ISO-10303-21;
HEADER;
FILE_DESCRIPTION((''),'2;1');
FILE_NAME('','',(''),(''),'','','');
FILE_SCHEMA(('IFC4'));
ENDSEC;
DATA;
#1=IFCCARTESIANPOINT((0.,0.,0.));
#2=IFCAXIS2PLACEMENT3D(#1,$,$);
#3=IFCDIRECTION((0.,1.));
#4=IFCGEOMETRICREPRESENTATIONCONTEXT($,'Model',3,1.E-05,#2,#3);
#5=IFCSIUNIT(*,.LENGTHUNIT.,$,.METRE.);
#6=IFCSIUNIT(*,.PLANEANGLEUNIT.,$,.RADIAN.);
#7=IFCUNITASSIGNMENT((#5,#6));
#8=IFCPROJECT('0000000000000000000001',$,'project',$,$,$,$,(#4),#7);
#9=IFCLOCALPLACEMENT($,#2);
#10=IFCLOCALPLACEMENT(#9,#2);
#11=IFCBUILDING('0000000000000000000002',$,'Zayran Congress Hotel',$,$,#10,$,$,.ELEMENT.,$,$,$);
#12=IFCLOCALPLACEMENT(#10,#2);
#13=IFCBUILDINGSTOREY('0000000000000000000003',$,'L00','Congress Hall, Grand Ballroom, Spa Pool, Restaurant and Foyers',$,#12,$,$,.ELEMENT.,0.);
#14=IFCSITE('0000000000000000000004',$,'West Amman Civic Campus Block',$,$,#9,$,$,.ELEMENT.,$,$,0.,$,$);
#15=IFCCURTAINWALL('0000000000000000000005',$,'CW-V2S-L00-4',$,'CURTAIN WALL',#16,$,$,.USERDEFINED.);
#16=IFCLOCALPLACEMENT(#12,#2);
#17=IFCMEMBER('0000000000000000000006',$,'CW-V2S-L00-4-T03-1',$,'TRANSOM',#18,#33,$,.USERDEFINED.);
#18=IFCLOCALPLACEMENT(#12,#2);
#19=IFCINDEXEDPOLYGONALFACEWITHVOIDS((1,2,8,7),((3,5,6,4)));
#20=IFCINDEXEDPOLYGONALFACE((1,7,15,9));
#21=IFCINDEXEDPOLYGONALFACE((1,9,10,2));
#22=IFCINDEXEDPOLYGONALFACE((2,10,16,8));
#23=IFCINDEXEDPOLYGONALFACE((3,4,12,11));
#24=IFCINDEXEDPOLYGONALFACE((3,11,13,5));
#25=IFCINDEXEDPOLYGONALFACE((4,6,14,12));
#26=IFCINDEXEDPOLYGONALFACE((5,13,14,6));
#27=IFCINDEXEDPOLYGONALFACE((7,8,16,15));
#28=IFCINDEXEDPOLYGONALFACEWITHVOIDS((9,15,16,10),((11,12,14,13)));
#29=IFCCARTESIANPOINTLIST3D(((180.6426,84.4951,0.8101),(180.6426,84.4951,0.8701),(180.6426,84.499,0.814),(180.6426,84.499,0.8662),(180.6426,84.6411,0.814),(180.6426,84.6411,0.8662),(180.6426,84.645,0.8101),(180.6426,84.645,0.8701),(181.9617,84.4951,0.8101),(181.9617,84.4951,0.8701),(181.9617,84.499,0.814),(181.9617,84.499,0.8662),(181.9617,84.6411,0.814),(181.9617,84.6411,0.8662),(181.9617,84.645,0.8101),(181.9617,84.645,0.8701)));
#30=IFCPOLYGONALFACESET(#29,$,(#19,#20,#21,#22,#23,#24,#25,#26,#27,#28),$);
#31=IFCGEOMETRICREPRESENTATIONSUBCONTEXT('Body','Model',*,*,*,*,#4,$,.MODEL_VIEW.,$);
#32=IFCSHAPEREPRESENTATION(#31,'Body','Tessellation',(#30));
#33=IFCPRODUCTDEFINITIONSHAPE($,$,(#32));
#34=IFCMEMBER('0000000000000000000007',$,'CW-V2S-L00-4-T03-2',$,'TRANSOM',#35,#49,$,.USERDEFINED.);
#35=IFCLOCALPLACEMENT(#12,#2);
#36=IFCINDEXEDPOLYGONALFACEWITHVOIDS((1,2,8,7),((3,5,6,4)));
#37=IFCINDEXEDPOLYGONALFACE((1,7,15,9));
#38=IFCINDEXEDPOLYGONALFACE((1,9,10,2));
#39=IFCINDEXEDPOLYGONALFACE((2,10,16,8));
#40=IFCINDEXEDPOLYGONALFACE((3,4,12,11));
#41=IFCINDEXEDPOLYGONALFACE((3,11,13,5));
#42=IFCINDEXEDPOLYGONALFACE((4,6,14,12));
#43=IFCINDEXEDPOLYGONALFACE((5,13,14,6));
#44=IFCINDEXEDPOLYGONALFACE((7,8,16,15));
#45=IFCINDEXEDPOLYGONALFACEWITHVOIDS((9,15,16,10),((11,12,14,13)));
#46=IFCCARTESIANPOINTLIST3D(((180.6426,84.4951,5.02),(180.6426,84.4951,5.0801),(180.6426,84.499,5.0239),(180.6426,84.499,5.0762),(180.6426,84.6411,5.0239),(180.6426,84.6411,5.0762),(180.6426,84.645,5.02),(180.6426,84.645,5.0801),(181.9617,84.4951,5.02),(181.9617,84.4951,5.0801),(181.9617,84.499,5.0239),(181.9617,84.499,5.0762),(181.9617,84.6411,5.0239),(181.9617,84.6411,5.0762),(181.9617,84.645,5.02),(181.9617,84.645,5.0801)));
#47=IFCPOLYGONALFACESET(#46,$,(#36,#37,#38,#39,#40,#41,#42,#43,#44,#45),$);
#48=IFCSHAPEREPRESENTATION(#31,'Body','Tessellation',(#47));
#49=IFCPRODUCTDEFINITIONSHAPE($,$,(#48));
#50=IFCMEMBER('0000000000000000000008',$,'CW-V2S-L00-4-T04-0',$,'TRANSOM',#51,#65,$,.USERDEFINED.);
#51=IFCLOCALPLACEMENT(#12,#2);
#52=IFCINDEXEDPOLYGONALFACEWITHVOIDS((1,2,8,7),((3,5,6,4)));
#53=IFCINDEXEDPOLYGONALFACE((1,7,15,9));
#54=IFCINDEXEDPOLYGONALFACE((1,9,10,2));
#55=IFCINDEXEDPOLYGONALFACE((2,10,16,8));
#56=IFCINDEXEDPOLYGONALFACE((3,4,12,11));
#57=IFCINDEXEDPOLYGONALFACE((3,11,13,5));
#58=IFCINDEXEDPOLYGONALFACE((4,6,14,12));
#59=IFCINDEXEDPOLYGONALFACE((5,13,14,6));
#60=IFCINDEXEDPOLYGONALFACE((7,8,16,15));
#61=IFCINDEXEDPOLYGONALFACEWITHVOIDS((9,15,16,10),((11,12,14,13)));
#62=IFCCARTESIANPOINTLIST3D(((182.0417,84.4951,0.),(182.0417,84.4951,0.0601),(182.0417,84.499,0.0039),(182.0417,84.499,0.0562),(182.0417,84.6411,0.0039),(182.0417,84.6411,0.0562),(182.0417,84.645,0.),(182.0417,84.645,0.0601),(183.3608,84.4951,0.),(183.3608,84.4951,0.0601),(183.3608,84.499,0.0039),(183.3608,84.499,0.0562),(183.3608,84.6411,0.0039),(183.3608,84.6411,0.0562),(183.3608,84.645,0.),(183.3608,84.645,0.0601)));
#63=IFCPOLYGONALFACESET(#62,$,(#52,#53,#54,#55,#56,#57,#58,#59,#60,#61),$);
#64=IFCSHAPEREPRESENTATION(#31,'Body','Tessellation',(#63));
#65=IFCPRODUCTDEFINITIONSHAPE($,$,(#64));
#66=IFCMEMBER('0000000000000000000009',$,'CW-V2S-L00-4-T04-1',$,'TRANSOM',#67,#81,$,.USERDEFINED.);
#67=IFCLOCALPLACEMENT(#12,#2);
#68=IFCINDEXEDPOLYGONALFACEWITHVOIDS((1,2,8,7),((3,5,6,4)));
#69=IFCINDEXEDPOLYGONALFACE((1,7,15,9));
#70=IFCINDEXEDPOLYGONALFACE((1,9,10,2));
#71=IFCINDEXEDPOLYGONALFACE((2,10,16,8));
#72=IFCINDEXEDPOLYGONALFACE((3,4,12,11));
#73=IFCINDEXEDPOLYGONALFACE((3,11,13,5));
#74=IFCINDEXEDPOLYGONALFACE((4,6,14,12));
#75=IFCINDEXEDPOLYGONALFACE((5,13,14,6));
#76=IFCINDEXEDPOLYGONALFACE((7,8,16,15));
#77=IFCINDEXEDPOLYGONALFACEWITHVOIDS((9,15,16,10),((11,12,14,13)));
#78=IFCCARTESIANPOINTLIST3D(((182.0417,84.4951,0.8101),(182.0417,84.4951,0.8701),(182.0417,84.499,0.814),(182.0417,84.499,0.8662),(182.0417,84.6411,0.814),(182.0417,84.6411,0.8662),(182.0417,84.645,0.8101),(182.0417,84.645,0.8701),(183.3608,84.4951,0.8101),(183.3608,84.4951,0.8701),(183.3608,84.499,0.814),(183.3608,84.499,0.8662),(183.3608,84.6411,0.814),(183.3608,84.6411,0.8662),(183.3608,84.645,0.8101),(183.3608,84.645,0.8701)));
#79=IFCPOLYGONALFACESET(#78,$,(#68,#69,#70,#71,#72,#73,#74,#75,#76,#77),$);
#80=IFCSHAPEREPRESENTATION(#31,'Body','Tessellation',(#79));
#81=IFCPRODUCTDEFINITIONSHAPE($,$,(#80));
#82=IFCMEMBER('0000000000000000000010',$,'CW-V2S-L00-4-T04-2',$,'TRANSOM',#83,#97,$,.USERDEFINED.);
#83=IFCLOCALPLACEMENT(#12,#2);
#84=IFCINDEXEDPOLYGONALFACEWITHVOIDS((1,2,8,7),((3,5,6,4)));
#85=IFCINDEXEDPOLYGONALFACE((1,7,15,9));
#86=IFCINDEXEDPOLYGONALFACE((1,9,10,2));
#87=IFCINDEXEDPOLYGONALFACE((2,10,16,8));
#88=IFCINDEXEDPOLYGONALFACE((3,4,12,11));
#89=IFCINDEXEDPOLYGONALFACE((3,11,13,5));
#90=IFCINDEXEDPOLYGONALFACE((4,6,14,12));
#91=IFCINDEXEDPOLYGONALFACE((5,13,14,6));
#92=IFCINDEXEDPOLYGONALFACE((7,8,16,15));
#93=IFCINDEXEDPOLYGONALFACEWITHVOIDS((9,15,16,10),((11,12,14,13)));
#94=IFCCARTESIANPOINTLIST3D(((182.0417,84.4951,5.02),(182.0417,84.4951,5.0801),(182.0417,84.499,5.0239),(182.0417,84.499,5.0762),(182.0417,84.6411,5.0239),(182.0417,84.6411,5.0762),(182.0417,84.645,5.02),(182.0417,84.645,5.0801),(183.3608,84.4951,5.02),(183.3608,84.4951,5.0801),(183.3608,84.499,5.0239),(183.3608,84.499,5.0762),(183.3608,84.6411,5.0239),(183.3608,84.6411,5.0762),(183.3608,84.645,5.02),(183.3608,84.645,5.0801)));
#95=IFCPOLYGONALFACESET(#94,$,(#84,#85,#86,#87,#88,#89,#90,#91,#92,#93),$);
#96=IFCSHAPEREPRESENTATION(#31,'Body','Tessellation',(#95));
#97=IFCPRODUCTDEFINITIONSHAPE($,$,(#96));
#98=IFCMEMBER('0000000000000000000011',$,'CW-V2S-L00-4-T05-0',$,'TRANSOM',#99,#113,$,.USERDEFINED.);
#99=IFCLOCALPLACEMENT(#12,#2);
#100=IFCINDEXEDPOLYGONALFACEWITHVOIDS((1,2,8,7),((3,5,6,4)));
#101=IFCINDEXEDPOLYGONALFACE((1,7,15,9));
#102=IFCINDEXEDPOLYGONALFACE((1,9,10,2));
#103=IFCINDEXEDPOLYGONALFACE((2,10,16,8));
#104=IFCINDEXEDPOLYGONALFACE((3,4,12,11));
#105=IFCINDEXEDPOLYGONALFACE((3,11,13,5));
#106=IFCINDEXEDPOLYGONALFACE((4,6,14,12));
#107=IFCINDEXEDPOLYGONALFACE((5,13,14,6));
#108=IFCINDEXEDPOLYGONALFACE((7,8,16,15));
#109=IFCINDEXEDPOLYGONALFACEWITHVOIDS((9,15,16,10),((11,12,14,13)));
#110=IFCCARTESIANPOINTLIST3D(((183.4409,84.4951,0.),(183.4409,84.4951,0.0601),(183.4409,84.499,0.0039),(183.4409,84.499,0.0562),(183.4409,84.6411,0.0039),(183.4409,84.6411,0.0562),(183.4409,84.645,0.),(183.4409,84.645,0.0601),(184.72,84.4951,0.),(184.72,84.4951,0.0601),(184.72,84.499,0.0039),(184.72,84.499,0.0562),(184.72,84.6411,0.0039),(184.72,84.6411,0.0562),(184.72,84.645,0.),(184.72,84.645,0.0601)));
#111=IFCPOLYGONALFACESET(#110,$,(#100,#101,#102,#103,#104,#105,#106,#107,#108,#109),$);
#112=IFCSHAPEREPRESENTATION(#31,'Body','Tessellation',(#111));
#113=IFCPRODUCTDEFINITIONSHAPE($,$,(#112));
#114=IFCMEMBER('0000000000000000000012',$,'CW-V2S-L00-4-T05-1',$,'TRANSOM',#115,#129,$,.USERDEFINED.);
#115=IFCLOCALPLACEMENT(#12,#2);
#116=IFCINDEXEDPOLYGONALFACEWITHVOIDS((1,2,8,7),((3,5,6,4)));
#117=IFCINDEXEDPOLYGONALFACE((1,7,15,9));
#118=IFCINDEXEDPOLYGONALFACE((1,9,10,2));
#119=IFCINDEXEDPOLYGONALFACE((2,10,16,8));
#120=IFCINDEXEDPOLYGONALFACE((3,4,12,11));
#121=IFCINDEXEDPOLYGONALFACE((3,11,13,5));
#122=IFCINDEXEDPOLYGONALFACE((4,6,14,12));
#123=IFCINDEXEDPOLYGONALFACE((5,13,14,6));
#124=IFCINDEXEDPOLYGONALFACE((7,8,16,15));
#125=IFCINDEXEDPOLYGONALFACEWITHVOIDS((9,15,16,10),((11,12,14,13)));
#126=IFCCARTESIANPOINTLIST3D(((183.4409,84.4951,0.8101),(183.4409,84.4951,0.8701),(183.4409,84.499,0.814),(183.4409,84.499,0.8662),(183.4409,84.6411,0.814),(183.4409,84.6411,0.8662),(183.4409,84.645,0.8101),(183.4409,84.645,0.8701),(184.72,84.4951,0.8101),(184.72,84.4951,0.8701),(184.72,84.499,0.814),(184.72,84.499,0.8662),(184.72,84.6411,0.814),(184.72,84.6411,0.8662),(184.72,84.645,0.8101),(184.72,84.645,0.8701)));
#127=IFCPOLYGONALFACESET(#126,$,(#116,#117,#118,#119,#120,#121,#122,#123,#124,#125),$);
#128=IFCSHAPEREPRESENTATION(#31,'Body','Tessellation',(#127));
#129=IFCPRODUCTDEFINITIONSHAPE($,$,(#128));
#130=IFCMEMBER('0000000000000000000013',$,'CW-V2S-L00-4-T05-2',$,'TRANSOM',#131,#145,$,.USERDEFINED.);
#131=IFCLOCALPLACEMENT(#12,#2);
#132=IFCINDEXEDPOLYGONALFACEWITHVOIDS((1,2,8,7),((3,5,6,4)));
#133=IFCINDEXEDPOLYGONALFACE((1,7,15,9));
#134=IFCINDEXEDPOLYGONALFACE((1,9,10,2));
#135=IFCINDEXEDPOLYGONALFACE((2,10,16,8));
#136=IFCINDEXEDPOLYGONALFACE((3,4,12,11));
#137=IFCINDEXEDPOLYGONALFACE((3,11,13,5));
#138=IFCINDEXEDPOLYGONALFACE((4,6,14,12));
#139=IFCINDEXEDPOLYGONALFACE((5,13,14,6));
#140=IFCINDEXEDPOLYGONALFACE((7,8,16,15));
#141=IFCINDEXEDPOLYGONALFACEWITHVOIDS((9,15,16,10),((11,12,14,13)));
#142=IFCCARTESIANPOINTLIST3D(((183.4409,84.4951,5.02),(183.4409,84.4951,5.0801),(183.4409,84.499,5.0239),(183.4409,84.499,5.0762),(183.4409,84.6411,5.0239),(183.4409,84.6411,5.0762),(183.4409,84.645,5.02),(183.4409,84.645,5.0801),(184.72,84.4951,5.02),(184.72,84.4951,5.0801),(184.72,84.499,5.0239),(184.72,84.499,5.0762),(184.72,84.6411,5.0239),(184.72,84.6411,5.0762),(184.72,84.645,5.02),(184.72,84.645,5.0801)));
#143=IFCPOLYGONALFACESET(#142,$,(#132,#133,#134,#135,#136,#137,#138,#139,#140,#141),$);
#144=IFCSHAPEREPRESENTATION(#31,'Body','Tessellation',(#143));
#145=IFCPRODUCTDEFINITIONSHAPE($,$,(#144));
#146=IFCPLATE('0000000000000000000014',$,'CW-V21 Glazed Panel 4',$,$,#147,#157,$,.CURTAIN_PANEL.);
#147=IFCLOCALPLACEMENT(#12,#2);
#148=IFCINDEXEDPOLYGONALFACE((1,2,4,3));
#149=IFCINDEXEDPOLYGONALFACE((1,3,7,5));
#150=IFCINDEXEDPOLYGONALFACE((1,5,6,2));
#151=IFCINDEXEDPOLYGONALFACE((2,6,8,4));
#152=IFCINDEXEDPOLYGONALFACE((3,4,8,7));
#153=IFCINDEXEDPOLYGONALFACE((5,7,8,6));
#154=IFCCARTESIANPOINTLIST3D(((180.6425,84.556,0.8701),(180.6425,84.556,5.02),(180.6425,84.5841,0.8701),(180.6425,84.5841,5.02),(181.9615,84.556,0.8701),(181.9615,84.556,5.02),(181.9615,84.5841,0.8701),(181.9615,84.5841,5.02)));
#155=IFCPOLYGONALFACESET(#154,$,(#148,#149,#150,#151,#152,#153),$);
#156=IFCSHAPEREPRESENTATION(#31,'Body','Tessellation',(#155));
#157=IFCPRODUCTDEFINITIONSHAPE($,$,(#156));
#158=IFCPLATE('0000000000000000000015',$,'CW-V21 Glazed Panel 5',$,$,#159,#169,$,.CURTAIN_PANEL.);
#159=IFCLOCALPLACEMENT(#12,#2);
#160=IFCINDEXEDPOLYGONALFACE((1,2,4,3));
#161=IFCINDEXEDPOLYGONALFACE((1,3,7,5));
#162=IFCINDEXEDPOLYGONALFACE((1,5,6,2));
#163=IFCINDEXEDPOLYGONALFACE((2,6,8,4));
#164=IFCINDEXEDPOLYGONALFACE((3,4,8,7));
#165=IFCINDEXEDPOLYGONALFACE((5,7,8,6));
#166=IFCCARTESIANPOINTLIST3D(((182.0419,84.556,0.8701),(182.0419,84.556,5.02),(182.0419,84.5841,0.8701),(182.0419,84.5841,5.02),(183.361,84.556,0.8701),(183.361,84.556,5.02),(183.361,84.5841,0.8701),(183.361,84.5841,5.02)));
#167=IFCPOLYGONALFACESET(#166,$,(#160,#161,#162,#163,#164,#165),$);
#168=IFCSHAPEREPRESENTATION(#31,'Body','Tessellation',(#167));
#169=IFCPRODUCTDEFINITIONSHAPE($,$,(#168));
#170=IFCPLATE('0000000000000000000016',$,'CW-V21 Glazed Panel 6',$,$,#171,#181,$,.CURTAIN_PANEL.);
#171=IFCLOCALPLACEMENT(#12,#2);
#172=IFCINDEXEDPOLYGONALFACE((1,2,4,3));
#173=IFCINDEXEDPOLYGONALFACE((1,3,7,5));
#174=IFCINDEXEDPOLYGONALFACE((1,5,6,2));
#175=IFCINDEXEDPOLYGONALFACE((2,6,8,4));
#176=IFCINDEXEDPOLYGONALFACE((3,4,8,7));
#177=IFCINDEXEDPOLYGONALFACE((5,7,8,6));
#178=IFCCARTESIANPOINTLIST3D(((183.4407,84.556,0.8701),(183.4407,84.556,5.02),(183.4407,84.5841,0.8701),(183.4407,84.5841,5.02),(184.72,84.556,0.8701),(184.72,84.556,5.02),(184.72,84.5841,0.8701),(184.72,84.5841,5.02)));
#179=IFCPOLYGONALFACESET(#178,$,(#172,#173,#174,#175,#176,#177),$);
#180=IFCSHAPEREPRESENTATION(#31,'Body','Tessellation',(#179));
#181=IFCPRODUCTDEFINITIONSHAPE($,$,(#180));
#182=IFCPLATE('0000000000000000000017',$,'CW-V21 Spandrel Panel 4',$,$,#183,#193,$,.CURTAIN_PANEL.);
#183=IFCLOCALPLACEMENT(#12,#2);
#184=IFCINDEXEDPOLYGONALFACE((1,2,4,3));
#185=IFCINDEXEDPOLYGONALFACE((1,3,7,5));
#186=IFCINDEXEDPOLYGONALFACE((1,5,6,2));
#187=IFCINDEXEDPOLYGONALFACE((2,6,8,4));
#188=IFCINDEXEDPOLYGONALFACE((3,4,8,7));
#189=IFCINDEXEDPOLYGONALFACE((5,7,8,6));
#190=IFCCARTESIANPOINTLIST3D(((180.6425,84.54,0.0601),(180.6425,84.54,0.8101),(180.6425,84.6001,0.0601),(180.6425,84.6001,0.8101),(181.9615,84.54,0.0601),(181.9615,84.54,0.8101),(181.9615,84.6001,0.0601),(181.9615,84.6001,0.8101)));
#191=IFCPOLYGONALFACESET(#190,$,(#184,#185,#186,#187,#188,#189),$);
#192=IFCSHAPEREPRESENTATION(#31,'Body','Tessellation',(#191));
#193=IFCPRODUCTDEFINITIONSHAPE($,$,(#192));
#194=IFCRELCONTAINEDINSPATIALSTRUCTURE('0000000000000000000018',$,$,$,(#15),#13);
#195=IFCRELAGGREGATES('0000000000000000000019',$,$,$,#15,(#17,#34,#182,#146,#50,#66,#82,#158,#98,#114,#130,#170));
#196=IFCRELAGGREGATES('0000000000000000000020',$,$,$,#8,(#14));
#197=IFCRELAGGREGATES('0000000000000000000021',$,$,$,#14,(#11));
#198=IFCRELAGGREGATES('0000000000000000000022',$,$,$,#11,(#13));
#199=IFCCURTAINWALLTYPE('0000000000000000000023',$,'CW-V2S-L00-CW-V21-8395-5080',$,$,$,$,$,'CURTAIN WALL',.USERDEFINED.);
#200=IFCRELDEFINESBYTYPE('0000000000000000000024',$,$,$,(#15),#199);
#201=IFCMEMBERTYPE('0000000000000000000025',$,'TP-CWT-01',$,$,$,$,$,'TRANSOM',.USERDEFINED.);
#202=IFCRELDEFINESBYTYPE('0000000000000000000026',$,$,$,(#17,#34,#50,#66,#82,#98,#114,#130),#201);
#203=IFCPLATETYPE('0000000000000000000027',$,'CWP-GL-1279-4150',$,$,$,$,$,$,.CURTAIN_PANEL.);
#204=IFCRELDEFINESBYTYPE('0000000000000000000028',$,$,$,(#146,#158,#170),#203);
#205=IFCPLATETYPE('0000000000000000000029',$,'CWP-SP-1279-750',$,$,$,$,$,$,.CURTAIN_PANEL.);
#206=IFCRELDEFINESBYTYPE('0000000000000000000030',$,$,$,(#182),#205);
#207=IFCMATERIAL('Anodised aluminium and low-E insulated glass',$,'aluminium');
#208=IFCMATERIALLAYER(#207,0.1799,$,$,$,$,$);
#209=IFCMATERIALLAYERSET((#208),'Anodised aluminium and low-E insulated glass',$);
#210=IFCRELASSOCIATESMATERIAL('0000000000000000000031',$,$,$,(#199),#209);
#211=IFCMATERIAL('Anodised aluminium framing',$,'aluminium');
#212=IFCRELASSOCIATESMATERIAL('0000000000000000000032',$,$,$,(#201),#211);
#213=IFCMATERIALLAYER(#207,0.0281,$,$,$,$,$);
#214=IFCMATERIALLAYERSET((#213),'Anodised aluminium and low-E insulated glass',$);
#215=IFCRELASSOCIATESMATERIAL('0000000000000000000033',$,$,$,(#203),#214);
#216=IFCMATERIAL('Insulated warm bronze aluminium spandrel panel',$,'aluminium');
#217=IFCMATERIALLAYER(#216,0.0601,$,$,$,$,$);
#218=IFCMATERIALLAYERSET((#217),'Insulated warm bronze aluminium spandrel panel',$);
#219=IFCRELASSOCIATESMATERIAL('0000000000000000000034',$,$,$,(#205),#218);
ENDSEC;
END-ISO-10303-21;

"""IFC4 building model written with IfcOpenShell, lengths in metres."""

from ifc_helpers import new_model, si_unit, direction, frame, origin, origin_2d, place, context, subcontext, project, spatial, rectangle, hollow_rectangle, extrude, material, layer, layer_set, material_profile, profile_set, type_object, element, aggregate, save


model = new_model("IFC4")

# Units and contexts
model_context = context("Model", 3, precision=1e-05, world=origin(), true_north=direction((0.0, 1.0)))
body_context = subcontext(model_context, "Body", "Model", "MODEL_VIEW")
ifc_project = project(units=[si_unit("LENGTHUNIT", "METRE"), si_unit("PLANEANGLEUNIT", "RADIAN")], contexts=[model_context])

# Site, building, storey
site_placement = place(None, origin())
site = spatial("IfcSite", under=ifc_project, at=site_placement, Name="West Amman Civic Campus Block", CompositionType="ELEMENT", RefElevation=0.0)
building_placement = place(site_placement, origin())
building = spatial("IfcBuilding", under=site, at=building_placement, Name="Zayran Congress Hotel", CompositionType="ELEMENT")
storey_placement = place(building_placement, origin())
storey = spatial("IfcBuildingStorey", under=building, at=storey_placement, Name="L00", Description="Congress Hall, Grand Ballroom, Spa Pool, Restaurant and Foyers", CompositionType="ELEMENT", Elevation=0.0)

# Curtain wall, members, plates
ifc_material_1 = material(Name="Anodised aluminium and low-E insulated glass", Category="aluminium")
ifc_layer_1 = layer(ifc_material_1, 0.1799)
ifc_layer_set_1 = layer_set([ifc_layer_1], Name="Anodised aluminium and low-E insulated glass")
curtain_wall_type = type_object("IfcCurtainWallType", Name="CW-V2S-L00-CW-V21-8395-5080", ElementType="CURTAIN WALL", PredefinedType="USERDEFINED", material=ifc_layer_set_1)
curtain_wall_placement = place(storey_placement, origin())
curtain_wall = element("IfcCurtainWall", 1, at=curtain_wall_placement, inside=storey, type_object=curtain_wall_type, Name="CW-V2S-L00-4", ObjectType="CURTAIN WALL", PredefinedType="USERDEFINED")
ifc_material_2 = material(Name="Anodised aluminium framing", Category="aluminium")
ifc_material_profile_1 = material_profile(ifc_material_2, hollow_rectangle(XDim=0.0601, YDim=0.1499, WallThickness=0.0039, at=origin_2d()), Name="RHS 150x60x4")
ifc_profile_set_1 = profile_set([ifc_material_profile_1], Name="Anodised aluminium framing")
member_type_1 = type_object("IfcMemberType", Name="TP-CWT-01", ElementType="TRANSOM", PredefinedType="USERDEFINED", material=ifc_profile_set_1)
member_1_placement = place(storey_placement, frame((180.6426, 84.5701, 0.8401), z_axis=(1.0, 0.0, 0.0), x_axis=(0.0, 0.0, 1.0)))
member_1 = element("IfcMember", 2, at=member_1_placement, type_object=member_type_1, Name="CW-V2S-L00-4-T03-1", ObjectType="TRANSOM", PredefinedType="USERDEFINED", context=body_context, shape_type="SweptSolid", body=[
    extrude(hollow_rectangle(XDim=0.0601, YDim=0.1499, WallThickness=0.0039, at=origin_2d()), origin(), (0.0, 0.0, 1.0), 1.3191),
])
member_2_placement = place(storey_placement, frame((180.6426, 84.5701, 5.05), z_axis=(1.0, 0.0, 0.0), x_axis=(0.0, 0.0, 1.0)))
member_2 = element("IfcMember", 3, at=member_2_placement, type_object=member_type_1, Name="CW-V2S-L00-4-T03-2", ObjectType="TRANSOM", PredefinedType="USERDEFINED", context=body_context, shape_type="SweptSolid", body=[
    extrude(hollow_rectangle(XDim=0.0601, YDim=0.1499, WallThickness=0.0039, at=origin_2d()), origin(), (0.0, 0.0, 1.0), 1.3191),
])
member_3_placement = place(storey_placement, frame((182.0417, 84.5701, 0.03), z_axis=(1.0, 0.0, 0.0), x_axis=(0.0, 0.0, 1.0)))
member_3 = element("IfcMember", 4, at=member_3_placement, type_object=member_type_1, Name="CW-V2S-L00-4-T04-0", ObjectType="TRANSOM", PredefinedType="USERDEFINED", context=body_context, shape_type="SweptSolid", body=[
    extrude(hollow_rectangle(XDim=0.0601, YDim=0.1499, WallThickness=0.0039, at=origin_2d()), origin(), (0.0, 0.0, 1.0), 1.3191),
])
member_4_placement = place(storey_placement, frame((182.0417, 84.5701, 0.8401), z_axis=(1.0, 0.0, 0.0), x_axis=(0.0, 0.0, 1.0)))
member_4 = element("IfcMember", 5, at=member_4_placement, type_object=member_type_1, Name="CW-V2S-L00-4-T04-1", ObjectType="TRANSOM", PredefinedType="USERDEFINED", context=body_context, shape_type="SweptSolid", body=[
    extrude(hollow_rectangle(XDim=0.0601, YDim=0.1499, WallThickness=0.0039, at=origin_2d()), origin(), (0.0, 0.0, 1.0), 1.3191),
])
member_5_placement = place(storey_placement, frame((182.0417, 84.5701, 5.05), z_axis=(1.0, 0.0, 0.0), x_axis=(0.0, 0.0, 1.0)))
member_5 = element("IfcMember", 6, at=member_5_placement, type_object=member_type_1, Name="CW-V2S-L00-4-T04-2", ObjectType="TRANSOM", PredefinedType="USERDEFINED", context=body_context, shape_type="SweptSolid", body=[
    extrude(hollow_rectangle(XDim=0.0601, YDim=0.1499, WallThickness=0.0039, at=origin_2d()), origin(), (0.0, 0.0, 1.0), 1.3191),
])
member_6_placement = place(storey_placement, frame((183.4409, 84.5701, 0.03), z_axis=(1.0, 0.0, 0.0), x_axis=(0.0, 0.0, 1.0)))
member_6 = element("IfcMember", 7, at=member_6_placement, type_object=member_type_1, Name="CW-V2S-L00-4-T05-0", ObjectType="TRANSOM", PredefinedType="USERDEFINED", context=body_context, shape_type="SweptSolid", body=[
    extrude(hollow_rectangle(XDim=0.0601, YDim=0.1499, WallThickness=0.0039, at=origin_2d()), origin(), (0.0, 0.0, 1.0), 1.2791),
])
member_7_placement = place(storey_placement, frame((183.4409, 84.5701, 0.8401), z_axis=(1.0, 0.0, 0.0), x_axis=(0.0, 0.0, 1.0)))
member_7 = element("IfcMember", 8, at=member_7_placement, type_object=member_type_1, Name="CW-V2S-L00-4-T05-1", ObjectType="TRANSOM", PredefinedType="USERDEFINED", context=body_context, shape_type="SweptSolid", body=[
    extrude(hollow_rectangle(XDim=0.0601, YDim=0.1499, WallThickness=0.0039, at=origin_2d()), origin(), (0.0, 0.0, 1.0), 1.2791),
])
member_8_placement = place(storey_placement, frame((183.4409, 84.5701, 5.05), z_axis=(1.0, 0.0, 0.0), x_axis=(0.0, 0.0, 1.0)))
member_8 = element("IfcMember", 9, at=member_8_placement, type_object=member_type_1, Name="CW-V2S-L00-4-T05-2", ObjectType="TRANSOM", PredefinedType="USERDEFINED", context=body_context, shape_type="SweptSolid", body=[
    extrude(hollow_rectangle(XDim=0.0601, YDim=0.1499, WallThickness=0.0039, at=origin_2d()), origin(), (0.0, 0.0, 1.0), 1.2791),
])
ifc_layer_2 = layer(ifc_material_1, 0.0281)
ifc_layer_set_2 = layer_set([ifc_layer_2], Name="Anodised aluminium and low-E insulated glass")
plate_type_1 = type_object("IfcPlateType", Name="CWP-GL-1279-4150", PredefinedType="CURTAIN_PANEL", material=ifc_layer_set_2)
plate_1_placement = place(storey_placement, frame((181.302, 84.5701, 0.8701), z_axis=(0.0, 0.0, 1.0), x_axis=(1.0, 0.0, 0.0)))
plate_1 = element("IfcPlate", 10, at=plate_1_placement, type_object=plate_type_1, Name="CW-V21 Glazed Panel 4", PredefinedType="CURTAIN_PANEL", context=body_context, shape_type="SweptSolid", body=[
    extrude(rectangle(XDim=1.3191, YDim=0.0281, at=origin_2d()), origin(), (0.0, 0.0, 1.0), 4.1499),
])
plate_2_placement = place(storey_placement, frame((182.7014, 84.5701, 0.8701), z_axis=(0.0, 0.0, 1.0), x_axis=(1.0, 0.0, 0.0)))
plate_2 = element("IfcPlate", 11, at=plate_2_placement, type_object=plate_type_1, Name="CW-V21 Glazed Panel 5", PredefinedType="CURTAIN_PANEL", context=body_context, shape_type="SweptSolid", body=[
    extrude(rectangle(XDim=1.3191, YDim=0.0281, at=origin_2d()), origin(), (0.0, 0.0, 1.0), 4.1499),
])
plate_3_placement = place(storey_placement, frame((184.0803, 84.5701, 0.8701), z_axis=(0.0, 0.0, 1.0), x_axis=(1.0, 0.0, 0.0)))
plate_3 = element("IfcPlate", 12, at=plate_3_placement, type_object=plate_type_1, Name="CW-V21 Glazed Panel 6", PredefinedType="CURTAIN_PANEL", context=body_context, shape_type="SweptSolid", body=[
    extrude(rectangle(XDim=1.2793, YDim=0.0281, at=origin_2d()), origin(), (0.0, 0.0, 1.0), 4.1499),
])
ifc_material_3 = material(Name="Insulated warm bronze aluminium spandrel panel", Category="aluminium")
ifc_layer_3 = layer(ifc_material_3, 0.0601)
ifc_layer_set_3 = layer_set([ifc_layer_3], Name="Insulated warm bronze aluminium spandrel panel")
plate_type_2 = type_object("IfcPlateType", Name="CWP-SP-1279-750", PredefinedType="CURTAIN_PANEL", material=ifc_layer_set_3)
plate_4_placement = place(storey_placement, frame((181.302, 84.5701, 0.0601), z_axis=(0.0, 0.0, 1.0), x_axis=(1.0, 0.0, 0.0)))
plate_4 = element("IfcPlate", 13, at=plate_4_placement, type_object=plate_type_2, Name="CW-V21 Spandrel Panel 4", PredefinedType="CURTAIN_PANEL", context=body_context, shape_type="SweptSolid", body=[
    extrude(rectangle(XDim=1.3191, YDim=0.0601, at=origin_2d()), origin(), (0.0, 0.0, 1.0), 0.75),
])
aggregate(curtain_wall, [member_1, member_2, plate_4, plate_1, member_3, member_4, member_5, plate_2, member_6, member_7, member_8, plate_3])

save(model, "model.ifc")
